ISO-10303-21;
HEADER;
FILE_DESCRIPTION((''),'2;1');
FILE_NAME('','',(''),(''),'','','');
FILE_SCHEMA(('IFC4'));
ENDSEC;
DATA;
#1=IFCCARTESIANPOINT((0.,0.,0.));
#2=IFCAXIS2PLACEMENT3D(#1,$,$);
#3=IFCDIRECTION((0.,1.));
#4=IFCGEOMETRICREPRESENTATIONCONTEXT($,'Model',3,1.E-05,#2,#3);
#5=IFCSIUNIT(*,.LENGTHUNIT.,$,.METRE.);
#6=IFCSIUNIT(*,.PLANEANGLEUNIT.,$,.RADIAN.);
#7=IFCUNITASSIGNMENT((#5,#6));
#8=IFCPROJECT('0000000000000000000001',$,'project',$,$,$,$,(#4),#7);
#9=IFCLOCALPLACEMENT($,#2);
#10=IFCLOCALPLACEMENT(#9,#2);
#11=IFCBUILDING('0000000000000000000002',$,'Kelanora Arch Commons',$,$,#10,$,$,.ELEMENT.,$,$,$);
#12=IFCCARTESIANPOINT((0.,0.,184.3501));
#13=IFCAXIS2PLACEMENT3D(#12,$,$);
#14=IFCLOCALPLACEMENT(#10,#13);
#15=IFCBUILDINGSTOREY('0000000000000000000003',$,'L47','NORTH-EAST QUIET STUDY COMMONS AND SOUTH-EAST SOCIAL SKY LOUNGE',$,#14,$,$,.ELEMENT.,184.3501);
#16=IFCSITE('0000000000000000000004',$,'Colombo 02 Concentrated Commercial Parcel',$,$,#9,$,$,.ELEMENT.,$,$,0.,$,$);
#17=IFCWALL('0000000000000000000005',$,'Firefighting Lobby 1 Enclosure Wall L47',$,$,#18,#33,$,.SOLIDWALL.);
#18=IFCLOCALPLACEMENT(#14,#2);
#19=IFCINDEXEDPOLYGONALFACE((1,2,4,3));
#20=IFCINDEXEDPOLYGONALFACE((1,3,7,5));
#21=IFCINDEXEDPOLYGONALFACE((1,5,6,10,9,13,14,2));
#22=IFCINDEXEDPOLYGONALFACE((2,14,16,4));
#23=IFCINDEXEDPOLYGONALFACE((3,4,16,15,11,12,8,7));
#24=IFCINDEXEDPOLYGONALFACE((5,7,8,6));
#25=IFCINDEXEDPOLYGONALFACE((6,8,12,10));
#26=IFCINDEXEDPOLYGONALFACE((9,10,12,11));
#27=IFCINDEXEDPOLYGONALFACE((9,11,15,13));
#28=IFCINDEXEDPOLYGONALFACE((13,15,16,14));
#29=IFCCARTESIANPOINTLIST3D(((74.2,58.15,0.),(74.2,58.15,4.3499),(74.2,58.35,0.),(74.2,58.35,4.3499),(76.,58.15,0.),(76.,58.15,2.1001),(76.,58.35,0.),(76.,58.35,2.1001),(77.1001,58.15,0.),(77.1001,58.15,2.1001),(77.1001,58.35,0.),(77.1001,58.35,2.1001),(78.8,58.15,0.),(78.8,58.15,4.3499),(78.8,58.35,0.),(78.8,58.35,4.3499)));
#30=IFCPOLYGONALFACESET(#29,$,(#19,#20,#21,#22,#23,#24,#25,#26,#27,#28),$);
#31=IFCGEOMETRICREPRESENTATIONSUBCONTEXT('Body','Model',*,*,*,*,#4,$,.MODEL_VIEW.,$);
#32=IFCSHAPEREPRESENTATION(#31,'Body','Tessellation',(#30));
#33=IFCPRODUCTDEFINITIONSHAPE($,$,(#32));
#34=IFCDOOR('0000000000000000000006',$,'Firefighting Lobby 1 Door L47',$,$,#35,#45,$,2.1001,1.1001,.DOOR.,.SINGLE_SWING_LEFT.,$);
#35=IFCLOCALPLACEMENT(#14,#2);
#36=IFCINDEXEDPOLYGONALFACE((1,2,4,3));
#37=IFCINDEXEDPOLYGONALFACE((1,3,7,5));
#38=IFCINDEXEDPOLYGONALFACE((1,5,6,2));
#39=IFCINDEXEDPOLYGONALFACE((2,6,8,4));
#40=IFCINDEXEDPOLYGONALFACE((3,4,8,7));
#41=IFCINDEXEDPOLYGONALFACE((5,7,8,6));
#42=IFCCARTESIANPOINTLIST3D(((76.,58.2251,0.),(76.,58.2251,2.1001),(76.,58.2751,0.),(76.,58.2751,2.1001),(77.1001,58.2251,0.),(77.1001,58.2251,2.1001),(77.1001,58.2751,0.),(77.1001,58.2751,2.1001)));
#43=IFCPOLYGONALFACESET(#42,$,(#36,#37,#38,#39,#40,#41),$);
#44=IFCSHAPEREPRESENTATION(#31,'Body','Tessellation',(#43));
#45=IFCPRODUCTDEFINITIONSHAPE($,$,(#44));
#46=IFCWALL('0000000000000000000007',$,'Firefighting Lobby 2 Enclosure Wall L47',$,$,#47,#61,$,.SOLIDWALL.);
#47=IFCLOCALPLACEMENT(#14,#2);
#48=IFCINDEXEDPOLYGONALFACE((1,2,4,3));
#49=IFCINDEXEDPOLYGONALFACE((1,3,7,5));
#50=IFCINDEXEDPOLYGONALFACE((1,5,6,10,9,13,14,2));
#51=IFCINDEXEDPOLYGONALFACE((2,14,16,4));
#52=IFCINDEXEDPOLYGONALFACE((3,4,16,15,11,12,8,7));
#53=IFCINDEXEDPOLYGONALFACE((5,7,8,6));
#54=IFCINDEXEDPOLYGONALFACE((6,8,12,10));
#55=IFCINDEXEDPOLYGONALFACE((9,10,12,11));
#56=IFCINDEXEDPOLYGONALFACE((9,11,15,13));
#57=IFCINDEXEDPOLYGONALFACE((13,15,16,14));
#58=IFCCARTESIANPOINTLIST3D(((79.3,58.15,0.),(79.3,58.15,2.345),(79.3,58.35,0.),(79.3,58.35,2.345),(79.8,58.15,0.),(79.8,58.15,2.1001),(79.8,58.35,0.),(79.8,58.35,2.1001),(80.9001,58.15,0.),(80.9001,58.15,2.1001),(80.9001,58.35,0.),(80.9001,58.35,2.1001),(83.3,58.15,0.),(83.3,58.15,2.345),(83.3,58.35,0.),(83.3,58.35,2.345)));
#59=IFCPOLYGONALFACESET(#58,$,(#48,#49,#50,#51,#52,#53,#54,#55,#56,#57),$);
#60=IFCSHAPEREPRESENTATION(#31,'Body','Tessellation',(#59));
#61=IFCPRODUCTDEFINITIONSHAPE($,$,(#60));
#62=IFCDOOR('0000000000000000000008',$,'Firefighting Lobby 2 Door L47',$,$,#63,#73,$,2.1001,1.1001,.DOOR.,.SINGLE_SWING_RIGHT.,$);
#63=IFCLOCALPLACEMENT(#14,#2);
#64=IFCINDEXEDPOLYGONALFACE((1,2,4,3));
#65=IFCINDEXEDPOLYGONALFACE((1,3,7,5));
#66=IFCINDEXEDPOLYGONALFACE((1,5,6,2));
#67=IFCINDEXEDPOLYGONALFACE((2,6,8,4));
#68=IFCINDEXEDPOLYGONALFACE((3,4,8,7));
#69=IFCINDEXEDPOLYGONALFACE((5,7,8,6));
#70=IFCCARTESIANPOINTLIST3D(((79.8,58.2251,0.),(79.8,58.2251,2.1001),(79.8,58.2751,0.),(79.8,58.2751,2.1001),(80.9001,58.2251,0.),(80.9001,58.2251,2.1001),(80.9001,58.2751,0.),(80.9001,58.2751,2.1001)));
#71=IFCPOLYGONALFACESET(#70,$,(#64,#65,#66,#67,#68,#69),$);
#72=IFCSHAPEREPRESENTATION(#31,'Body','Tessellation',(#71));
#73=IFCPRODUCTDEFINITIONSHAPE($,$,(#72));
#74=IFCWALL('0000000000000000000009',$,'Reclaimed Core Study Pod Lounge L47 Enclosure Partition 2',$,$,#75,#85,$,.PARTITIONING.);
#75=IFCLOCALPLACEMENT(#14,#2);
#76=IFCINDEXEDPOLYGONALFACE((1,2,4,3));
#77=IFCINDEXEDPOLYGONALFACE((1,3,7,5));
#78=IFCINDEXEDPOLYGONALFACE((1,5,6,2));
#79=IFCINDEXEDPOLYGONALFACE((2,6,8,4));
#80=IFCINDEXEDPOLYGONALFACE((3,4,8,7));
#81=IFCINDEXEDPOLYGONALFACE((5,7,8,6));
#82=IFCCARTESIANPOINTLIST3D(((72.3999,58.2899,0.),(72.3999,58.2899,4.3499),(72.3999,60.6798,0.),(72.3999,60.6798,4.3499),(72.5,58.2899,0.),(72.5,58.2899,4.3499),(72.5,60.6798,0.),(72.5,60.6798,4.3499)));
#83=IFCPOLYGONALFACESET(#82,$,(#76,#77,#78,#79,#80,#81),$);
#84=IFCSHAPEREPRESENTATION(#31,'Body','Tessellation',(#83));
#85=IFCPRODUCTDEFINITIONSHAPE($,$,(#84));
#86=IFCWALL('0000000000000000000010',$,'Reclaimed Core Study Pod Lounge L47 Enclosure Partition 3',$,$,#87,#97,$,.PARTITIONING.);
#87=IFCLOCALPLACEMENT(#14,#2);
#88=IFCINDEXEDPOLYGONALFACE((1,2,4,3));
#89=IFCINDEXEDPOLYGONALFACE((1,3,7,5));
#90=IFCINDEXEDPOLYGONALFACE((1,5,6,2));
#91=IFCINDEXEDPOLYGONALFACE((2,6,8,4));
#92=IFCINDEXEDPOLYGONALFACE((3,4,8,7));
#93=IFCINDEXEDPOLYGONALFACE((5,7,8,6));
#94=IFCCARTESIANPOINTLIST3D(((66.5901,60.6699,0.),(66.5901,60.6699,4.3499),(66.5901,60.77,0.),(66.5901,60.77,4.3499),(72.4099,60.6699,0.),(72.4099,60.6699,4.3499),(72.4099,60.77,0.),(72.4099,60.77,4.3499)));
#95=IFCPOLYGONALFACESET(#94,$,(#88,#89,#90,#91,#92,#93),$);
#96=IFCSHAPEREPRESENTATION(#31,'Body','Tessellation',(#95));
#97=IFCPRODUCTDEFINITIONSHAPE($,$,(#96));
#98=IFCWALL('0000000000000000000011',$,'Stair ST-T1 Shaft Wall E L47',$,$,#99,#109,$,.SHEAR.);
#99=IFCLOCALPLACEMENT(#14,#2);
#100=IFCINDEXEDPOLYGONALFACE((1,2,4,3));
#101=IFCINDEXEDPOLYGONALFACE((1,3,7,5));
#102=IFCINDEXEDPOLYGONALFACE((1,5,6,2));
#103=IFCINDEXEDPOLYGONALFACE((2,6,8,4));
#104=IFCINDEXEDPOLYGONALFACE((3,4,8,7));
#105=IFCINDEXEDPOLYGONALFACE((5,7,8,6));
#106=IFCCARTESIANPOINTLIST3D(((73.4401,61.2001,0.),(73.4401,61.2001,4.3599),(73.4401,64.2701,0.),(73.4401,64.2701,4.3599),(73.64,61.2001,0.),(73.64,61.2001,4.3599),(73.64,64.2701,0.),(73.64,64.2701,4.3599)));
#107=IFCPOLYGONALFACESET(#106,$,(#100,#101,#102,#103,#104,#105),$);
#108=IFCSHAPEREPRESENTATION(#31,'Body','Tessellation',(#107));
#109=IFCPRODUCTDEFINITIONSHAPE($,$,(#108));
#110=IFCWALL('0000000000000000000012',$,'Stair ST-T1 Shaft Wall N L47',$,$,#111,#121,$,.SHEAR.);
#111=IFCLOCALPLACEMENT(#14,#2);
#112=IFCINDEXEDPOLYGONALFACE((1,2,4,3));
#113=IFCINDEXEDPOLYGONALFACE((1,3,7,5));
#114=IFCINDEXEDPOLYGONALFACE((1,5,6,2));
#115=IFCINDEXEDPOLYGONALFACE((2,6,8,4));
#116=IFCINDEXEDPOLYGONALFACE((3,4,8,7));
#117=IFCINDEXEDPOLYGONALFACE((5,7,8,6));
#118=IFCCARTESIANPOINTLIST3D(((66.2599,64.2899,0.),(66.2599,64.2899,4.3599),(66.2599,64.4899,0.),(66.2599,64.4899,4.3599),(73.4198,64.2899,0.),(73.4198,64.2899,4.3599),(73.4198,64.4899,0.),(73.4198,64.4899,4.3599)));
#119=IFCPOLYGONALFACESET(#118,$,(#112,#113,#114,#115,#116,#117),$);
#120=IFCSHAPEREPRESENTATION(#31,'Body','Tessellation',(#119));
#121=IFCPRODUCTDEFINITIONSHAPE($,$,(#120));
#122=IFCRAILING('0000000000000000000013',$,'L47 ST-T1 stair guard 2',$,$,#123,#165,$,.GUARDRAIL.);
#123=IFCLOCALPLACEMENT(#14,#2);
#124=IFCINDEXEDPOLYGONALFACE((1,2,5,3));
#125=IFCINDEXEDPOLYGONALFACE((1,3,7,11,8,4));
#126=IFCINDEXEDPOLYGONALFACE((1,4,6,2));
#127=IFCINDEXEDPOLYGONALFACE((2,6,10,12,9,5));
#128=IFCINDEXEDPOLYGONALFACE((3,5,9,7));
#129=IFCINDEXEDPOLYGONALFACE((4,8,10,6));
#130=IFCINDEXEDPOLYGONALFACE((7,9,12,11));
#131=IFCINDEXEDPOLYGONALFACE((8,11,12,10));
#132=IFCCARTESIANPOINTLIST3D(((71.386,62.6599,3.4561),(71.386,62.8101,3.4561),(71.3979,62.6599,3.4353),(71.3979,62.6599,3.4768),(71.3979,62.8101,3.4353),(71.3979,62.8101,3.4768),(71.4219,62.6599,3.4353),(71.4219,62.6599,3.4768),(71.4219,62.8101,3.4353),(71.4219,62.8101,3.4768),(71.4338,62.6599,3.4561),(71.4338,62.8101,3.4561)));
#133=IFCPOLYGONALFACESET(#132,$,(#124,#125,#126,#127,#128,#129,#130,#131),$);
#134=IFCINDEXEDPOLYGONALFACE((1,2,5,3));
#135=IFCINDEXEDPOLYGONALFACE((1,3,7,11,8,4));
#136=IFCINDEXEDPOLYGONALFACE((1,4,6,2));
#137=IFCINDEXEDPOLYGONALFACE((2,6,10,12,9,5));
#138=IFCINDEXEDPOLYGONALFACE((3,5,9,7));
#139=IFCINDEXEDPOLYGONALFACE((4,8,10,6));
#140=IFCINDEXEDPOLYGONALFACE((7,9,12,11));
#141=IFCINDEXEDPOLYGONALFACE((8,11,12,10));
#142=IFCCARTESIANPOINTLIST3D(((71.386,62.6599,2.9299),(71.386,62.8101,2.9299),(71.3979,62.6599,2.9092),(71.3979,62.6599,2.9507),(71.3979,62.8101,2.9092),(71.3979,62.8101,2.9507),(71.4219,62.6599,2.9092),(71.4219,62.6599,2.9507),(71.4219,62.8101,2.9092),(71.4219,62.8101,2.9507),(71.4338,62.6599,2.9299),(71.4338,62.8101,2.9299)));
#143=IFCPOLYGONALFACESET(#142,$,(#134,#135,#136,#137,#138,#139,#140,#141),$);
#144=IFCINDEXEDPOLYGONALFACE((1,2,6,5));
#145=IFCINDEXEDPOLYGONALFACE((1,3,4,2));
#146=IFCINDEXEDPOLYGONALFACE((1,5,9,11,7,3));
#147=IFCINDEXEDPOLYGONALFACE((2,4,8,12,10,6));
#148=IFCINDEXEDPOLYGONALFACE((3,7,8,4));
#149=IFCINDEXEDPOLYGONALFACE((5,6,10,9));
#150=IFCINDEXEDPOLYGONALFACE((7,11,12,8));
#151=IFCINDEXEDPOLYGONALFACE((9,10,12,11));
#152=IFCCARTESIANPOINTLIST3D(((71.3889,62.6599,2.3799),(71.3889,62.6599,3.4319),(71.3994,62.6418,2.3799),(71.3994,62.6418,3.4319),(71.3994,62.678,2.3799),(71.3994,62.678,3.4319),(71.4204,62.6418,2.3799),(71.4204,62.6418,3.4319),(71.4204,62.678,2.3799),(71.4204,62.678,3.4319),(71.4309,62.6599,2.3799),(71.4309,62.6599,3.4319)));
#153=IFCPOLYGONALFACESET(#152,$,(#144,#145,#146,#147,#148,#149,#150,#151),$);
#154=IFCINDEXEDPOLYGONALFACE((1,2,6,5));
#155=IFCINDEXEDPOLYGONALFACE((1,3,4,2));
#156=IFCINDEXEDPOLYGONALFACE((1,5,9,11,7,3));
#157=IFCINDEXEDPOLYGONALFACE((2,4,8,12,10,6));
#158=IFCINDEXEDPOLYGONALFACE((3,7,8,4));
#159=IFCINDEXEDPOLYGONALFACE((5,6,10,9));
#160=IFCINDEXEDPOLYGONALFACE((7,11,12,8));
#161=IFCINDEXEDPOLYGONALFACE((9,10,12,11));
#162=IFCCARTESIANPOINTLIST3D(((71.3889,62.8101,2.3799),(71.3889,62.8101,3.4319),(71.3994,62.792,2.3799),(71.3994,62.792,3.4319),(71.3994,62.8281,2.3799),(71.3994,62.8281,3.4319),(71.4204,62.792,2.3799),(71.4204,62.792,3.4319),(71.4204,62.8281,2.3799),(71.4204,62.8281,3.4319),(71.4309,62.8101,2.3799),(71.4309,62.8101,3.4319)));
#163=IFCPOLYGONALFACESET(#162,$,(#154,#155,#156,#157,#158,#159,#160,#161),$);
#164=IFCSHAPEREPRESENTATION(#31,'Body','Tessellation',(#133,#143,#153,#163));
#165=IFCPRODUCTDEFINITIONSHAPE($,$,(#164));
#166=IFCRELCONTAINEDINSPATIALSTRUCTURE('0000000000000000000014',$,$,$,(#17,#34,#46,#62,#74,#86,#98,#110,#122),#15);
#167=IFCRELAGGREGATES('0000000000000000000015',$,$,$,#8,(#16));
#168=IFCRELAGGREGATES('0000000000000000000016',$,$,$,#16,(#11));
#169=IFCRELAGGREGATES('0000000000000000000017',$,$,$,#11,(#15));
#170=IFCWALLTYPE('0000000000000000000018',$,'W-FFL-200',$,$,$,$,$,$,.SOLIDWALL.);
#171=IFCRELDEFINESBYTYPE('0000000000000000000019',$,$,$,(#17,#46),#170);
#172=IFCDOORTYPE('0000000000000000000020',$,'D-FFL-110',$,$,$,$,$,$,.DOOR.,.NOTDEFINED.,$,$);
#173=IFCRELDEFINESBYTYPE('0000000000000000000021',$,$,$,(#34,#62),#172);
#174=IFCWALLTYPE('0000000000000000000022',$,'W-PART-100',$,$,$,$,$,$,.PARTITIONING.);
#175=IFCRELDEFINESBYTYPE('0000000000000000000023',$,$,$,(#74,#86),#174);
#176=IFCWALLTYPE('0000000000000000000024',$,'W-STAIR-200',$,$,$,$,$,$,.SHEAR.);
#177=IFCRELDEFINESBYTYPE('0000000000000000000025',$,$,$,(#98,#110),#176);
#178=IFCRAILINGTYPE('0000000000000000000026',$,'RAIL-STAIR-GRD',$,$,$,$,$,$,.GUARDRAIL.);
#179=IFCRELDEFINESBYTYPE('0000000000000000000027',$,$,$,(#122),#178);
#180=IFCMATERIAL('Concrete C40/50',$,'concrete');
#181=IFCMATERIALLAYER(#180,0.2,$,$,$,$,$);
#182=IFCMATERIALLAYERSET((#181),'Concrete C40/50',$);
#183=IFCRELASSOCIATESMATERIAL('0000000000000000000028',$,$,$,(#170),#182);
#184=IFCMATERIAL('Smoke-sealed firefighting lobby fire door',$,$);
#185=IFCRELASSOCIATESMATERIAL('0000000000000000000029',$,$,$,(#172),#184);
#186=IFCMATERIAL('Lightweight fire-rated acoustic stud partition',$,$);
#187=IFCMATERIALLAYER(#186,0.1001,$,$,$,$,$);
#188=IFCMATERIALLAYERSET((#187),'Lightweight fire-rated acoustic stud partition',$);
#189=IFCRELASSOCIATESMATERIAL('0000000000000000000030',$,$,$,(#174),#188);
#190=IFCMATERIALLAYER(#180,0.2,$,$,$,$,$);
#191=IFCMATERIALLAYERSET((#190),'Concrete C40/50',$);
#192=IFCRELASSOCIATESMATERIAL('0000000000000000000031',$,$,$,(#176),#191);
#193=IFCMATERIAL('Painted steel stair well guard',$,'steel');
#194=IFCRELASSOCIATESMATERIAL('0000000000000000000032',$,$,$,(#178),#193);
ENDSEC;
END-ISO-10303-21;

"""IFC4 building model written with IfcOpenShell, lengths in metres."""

from ifc_helpers import new_model, si_unit, direction, frame, frame_2d, origin, place, context, subcontext, project, spatial, polyline, rectangle, outline, extrude, material, layer, layer_set, type_object, element, fill, save


model = new_model("IFC4")

# Units and contexts
model_context = context("Model", 3, precision=1e-05, world=origin(), true_north=direction((0.0, 1.0)))
body_context = subcontext(model_context, "Body", "Model", "MODEL_VIEW")
ifc_project = project(units=[si_unit("LENGTHUNIT", "METRE"), si_unit("PLANEANGLEUNIT", "RADIAN")], contexts=[model_context])

# Site, building, storey
site_placement = place(None, origin())
site = spatial("IfcSite", under=ifc_project, at=site_placement, Name="Colombo 02 Concentrated Commercial Parcel", CompositionType="ELEMENT", RefElevation=0.0)
building_placement = place(site_placement, origin())
building = spatial("IfcBuilding", under=site, at=building_placement, Name="Kelanora Arch Commons", CompositionType="ELEMENT")
storey_placement = place(building_placement, frame((0.0, 0.0, 184.3501)))
storey = spatial("IfcBuildingStorey", under=building, at=storey_placement, Name="L47", Description="NORTH-EAST QUIET STUDY COMMONS AND SOUTH-EAST SOCIAL SKY LOUNGE", CompositionType="ELEMENT", Elevation=184.3501)

# Walls, openings, doors
ifc_material_1 = material(Name="Concrete C40/50", Category="concrete")
ifc_layer_1 = layer(ifc_material_1, 0.2)
ifc_layer_set_1 = layer_set([ifc_layer_1], Name="Concrete C40/50")
wall_type_1 = type_object("IfcWallType", Name="W-FFL-200", PredefinedType="SOLIDWALL", material=ifc_layer_set_1)
wall_1_placement = place(storey_placement, frame((74.2, 58.25, 0.0), z_axis=(0.0, 0.0, 1.0), x_axis=(1.0, 0.0, 0.0)))
wall_1 = element("IfcWall", 1, at=wall_1_placement, inside=storey, type_object=wall_type_1, Name="Firefighting Lobby 1 Enclosure Wall L47", PredefinedType="SOLIDWALL", context=body_context, shape_type="SweptSolid", body=[
    extrude(rectangle(XDim=4.6001, YDim=0.2, at=frame_2d((2.3, 0.0))), origin(), (0.0, 0.0, 1.0), 4.3499),
])
opening_1_placement = place(wall_1_placement, frame((1.8, 0.0, 0.0)))
opening_1 = element("IfcOpeningElement", 2, at=opening_1_placement, cuts=wall_1, PredefinedType="OPENING", context=body_context, shape_type="SweptSolid", body=[
    extrude(rectangle(XDim=1.1001, YDim=2.1001, at=frame_2d((0.55, 1.05))), frame((0.0, 0.1099, 0.0), z_axis=(0.0, -1.0, 0.0), x_axis=(1.0, 0.0, 0.0)), (0.0, 0.0, 1.0), 0.22),
])
ifc_material_2 = material(Name="Smoke-sealed firefighting lobby fire door")
door_type_1 = type_object("IfcDoorType", Name="D-FFL-110", OperationType="NOTDEFINED", PredefinedType="DOOR", material=ifc_material_2)
door_1_placement = place(opening_1_placement, frame((1.1001, 0.0, 0.0), z_axis=(0.0, 0.0, 1.0), x_axis=(-1.0, 0.0, 0.0)))
door_1 = element("IfcDoor", 3, at=door_1_placement, inside=storey, type_object=door_type_1, Name="Firefighting Lobby 1 Door L47", OperationType="SINGLE_SWING_LEFT", OverallHeight=2.1001, OverallWidth=1.1001, PredefinedType="DOOR", context=body_context, shape_type="SweptSolid", body=[
    extrude(rectangle(XDim=1.1001, YDim=2.1001, at=frame_2d((0.55, 1.05))), frame((0.0, 0.0249, 0.0), z_axis=(0.0, -1.0, 0.0), x_axis=(1.0, 0.0, 0.0)), (0.0, 0.0, 1.0), 0.05),
])
fill(opening_1, door_1)
wall_2_placement = place(storey_placement, frame((79.3, 58.25, 0.0), z_axis=(0.0, 0.0, 1.0), x_axis=(1.0, 0.0, 0.0)))
wall_2 = element("IfcWall", 4, at=wall_2_placement, inside=storey, type_object=wall_type_1, Name="Firefighting Lobby 2 Enclosure Wall L47", PredefinedType="SOLIDWALL", context=body_context, shape_type="SweptSolid", body=[
    extrude(rectangle(XDim=4.0, YDim=0.2, at=frame_2d((2.0, 0.0))), origin(), (0.0, 0.0, 1.0), 2.345),
])
opening_2_placement = place(wall_2_placement, frame((0.5, 0.0, 0.0)))
opening_2 = element("IfcOpeningElement", 5, at=opening_2_placement, cuts=wall_2, PredefinedType="OPENING", context=body_context, shape_type="SweptSolid", body=[
    extrude(rectangle(XDim=1.1001, YDim=2.1001, at=frame_2d((0.55, 1.05))), frame((0.0, 0.1099, 0.0), z_axis=(0.0, -1.0, 0.0), x_axis=(1.0, 0.0, 0.0)), (0.0, 0.0, 1.0), 0.22),
])
door_2_placement = place(opening_2_placement, frame((1.1001, 0.0, 0.0), z_axis=(0.0, 0.0, 1.0), x_axis=(-1.0, 0.0, 0.0)))
door_2 = element("IfcDoor", 6, at=door_2_placement, inside=storey, type_object=door_type_1, Name="Firefighting Lobby 2 Door L47", OperationType="SINGLE_SWING_RIGHT", OverallHeight=2.1001, OverallWidth=1.1001, PredefinedType="DOOR", context=body_context, shape_type="SweptSolid", body=[
    extrude(rectangle(XDim=1.1001, YDim=2.1001, at=frame_2d((0.55, 1.05))), frame((0.0, 0.0249, 0.0), z_axis=(0.0, -1.0, 0.0), x_axis=(1.0, 0.0, 0.0)), (0.0, 0.0, 1.0), 0.05),
])
fill(opening_2, door_2)

# Walls
ifc_material_3 = material(Name="Lightweight fire-rated acoustic stud partition")
ifc_layer_2 = layer(ifc_material_3, 0.1001)
ifc_layer_set_2 = layer_set([ifc_layer_2], Name="Lightweight fire-rated acoustic stud partition")
wall_type_2 = type_object("IfcWallType", Name="W-PART-100", PredefinedType="PARTITIONING", material=ifc_layer_set_2)
wall_3_placement = place(storey_placement, frame((72.45, 58.29, 0.0), z_axis=(0.0, 0.0, 1.0), x_axis=(0.0, 1.0, 0.0)))
element("IfcWall", 7, at=wall_3_placement, inside=storey, type_object=wall_type_2, Name="Reclaimed Core Study Pod Lounge L47 Enclosure Partition 2", PredefinedType="PARTITIONING", context=body_context, shape_type="SweptSolid", body=[
    extrude(rectangle(XDim=2.3899, YDim=0.1001, at=frame_2d((1.1948, 0.0))), origin(), (0.0, 0.0, 1.0), 4.3499),
])
wall_4_placement = place(storey_placement, frame((72.4099, 60.72, 0.0), z_axis=(0.0, 0.0, 1.0), x_axis=(-1.0, 0.0, 0.0)))
element("IfcWall", 8, at=wall_4_placement, inside=storey, type_object=wall_type_2, Name="Reclaimed Core Study Pod Lounge L47 Enclosure Partition 3", PredefinedType="PARTITIONING", context=body_context, shape_type="SweptSolid", body=[
    extrude(rectangle(XDim=5.8198, YDim=0.1001, at=frame_2d((2.9099, 0.0))), origin(), (0.0, 0.0, 1.0), 4.3499),
])
ifc_layer_3 = layer(ifc_material_1, 0.2)
ifc_layer_set_3 = layer_set([ifc_layer_3], Name="Concrete C40/50")
wall_type_3 = type_object("IfcWallType", Name="W-STAIR-200", PredefinedType="SHEAR", material=ifc_layer_set_3)
wall_5_placement = place(storey_placement, frame((73.54, 61.2, 0.0), z_axis=(0.0, 0.0, 1.0), x_axis=(0.0, 1.0, 0.0)))
element("IfcWall", 9, at=wall_5_placement, inside=storey, type_object=wall_type_3, Name="Stair ST-T1 Shaft Wall E L47", PredefinedType="SHEAR", context=body_context, shape_type="SweptSolid", body=[
    extrude(rectangle(XDim=3.0701, YDim=0.2, at=frame_2d((1.5352, 0.0))), origin(), (0.0, 0.0, 1.0), 4.3599),
])
wall_6_placement = place(storey_placement, frame((73.4199, 64.3899, 0.0), z_axis=(0.0, 0.0, 1.0), x_axis=(-1.0, 0.0, 0.0)))
element("IfcWall", 10, at=wall_6_placement, inside=storey, type_object=wall_type_3, Name="Stair ST-T1 Shaft Wall N L47", PredefinedType="SHEAR", context=body_context, shape_type="SweptSolid", body=[
    extrude(rectangle(XDim=7.1599, YDim=0.2, at=frame_2d((3.5801, 0.0))), origin(), (0.0, 0.0, 1.0), 4.3599),
])

# Railing
ifc_material_4 = material(Name="Painted steel stair well guard", Category="steel")
railing_type = type_object("IfcRailingType", Name="RAIL-STAIR-GRD", PredefinedType="GUARDRAIL", material=ifc_material_4)
railing_placement = place(storey_placement, frame((71.4099, 62.6599, 2.3799)))
element("IfcRailing", 11, at=railing_placement, inside=storey, type_object=railing_type, Name="L47 ST-T1 stair guard 2", PredefinedType="GUARDRAIL", context=body_context, shape_type="SweptSolid", body=[
    extrude(outline(polyline([(0.0239, 0.0), (0.012, 0.0208), (-0.012, 0.0208), (-0.0239, 0.0), (-0.012, -0.0208), (0.012, -0.0208), (0.0239, 0.0)])), frame((0.0, 0.0, 1.0762), z_axis=(0.0, 1.0, 0.0), x_axis=(-1.0, 0.0, 0.0)), (0.0, 0.0, 1.0), 0.1501),
    extrude(outline(polyline([(0.0239, 0.0), (0.012, 0.0208), (-0.012, 0.0208), (-0.0239, 0.0), (-0.012, -0.0208), (0.012, -0.0208), (0.0239, 0.0)])), frame((0.0, 0.0, 0.55), z_axis=(0.0, 1.0, 0.0), x_axis=(-1.0, 0.0, 0.0)), (0.0, 0.0, 1.0), 0.1501),
    extrude(outline(polyline([(0.021, 0.0), (0.0105, 0.0181), (-0.0105, 0.0181), (-0.021, 0.0), (-0.0105, -0.0181), (0.0105, -0.0181), (0.021, 0.0)])), origin(), (0.0, 0.0, 1.0), 1.052),
    extrude(outline(polyline([(0.021, 0.0), (0.0105, 0.0181), (-0.0105, 0.0181), (-0.021, 0.0), (-0.0105, -0.0181), (0.0105, -0.0181), (0.021, 0.0)])), frame((0.0, 0.1501, 0.0)), (0.0, 0.0, 1.0), 1.052),
])

save(model, "model.ifc")
